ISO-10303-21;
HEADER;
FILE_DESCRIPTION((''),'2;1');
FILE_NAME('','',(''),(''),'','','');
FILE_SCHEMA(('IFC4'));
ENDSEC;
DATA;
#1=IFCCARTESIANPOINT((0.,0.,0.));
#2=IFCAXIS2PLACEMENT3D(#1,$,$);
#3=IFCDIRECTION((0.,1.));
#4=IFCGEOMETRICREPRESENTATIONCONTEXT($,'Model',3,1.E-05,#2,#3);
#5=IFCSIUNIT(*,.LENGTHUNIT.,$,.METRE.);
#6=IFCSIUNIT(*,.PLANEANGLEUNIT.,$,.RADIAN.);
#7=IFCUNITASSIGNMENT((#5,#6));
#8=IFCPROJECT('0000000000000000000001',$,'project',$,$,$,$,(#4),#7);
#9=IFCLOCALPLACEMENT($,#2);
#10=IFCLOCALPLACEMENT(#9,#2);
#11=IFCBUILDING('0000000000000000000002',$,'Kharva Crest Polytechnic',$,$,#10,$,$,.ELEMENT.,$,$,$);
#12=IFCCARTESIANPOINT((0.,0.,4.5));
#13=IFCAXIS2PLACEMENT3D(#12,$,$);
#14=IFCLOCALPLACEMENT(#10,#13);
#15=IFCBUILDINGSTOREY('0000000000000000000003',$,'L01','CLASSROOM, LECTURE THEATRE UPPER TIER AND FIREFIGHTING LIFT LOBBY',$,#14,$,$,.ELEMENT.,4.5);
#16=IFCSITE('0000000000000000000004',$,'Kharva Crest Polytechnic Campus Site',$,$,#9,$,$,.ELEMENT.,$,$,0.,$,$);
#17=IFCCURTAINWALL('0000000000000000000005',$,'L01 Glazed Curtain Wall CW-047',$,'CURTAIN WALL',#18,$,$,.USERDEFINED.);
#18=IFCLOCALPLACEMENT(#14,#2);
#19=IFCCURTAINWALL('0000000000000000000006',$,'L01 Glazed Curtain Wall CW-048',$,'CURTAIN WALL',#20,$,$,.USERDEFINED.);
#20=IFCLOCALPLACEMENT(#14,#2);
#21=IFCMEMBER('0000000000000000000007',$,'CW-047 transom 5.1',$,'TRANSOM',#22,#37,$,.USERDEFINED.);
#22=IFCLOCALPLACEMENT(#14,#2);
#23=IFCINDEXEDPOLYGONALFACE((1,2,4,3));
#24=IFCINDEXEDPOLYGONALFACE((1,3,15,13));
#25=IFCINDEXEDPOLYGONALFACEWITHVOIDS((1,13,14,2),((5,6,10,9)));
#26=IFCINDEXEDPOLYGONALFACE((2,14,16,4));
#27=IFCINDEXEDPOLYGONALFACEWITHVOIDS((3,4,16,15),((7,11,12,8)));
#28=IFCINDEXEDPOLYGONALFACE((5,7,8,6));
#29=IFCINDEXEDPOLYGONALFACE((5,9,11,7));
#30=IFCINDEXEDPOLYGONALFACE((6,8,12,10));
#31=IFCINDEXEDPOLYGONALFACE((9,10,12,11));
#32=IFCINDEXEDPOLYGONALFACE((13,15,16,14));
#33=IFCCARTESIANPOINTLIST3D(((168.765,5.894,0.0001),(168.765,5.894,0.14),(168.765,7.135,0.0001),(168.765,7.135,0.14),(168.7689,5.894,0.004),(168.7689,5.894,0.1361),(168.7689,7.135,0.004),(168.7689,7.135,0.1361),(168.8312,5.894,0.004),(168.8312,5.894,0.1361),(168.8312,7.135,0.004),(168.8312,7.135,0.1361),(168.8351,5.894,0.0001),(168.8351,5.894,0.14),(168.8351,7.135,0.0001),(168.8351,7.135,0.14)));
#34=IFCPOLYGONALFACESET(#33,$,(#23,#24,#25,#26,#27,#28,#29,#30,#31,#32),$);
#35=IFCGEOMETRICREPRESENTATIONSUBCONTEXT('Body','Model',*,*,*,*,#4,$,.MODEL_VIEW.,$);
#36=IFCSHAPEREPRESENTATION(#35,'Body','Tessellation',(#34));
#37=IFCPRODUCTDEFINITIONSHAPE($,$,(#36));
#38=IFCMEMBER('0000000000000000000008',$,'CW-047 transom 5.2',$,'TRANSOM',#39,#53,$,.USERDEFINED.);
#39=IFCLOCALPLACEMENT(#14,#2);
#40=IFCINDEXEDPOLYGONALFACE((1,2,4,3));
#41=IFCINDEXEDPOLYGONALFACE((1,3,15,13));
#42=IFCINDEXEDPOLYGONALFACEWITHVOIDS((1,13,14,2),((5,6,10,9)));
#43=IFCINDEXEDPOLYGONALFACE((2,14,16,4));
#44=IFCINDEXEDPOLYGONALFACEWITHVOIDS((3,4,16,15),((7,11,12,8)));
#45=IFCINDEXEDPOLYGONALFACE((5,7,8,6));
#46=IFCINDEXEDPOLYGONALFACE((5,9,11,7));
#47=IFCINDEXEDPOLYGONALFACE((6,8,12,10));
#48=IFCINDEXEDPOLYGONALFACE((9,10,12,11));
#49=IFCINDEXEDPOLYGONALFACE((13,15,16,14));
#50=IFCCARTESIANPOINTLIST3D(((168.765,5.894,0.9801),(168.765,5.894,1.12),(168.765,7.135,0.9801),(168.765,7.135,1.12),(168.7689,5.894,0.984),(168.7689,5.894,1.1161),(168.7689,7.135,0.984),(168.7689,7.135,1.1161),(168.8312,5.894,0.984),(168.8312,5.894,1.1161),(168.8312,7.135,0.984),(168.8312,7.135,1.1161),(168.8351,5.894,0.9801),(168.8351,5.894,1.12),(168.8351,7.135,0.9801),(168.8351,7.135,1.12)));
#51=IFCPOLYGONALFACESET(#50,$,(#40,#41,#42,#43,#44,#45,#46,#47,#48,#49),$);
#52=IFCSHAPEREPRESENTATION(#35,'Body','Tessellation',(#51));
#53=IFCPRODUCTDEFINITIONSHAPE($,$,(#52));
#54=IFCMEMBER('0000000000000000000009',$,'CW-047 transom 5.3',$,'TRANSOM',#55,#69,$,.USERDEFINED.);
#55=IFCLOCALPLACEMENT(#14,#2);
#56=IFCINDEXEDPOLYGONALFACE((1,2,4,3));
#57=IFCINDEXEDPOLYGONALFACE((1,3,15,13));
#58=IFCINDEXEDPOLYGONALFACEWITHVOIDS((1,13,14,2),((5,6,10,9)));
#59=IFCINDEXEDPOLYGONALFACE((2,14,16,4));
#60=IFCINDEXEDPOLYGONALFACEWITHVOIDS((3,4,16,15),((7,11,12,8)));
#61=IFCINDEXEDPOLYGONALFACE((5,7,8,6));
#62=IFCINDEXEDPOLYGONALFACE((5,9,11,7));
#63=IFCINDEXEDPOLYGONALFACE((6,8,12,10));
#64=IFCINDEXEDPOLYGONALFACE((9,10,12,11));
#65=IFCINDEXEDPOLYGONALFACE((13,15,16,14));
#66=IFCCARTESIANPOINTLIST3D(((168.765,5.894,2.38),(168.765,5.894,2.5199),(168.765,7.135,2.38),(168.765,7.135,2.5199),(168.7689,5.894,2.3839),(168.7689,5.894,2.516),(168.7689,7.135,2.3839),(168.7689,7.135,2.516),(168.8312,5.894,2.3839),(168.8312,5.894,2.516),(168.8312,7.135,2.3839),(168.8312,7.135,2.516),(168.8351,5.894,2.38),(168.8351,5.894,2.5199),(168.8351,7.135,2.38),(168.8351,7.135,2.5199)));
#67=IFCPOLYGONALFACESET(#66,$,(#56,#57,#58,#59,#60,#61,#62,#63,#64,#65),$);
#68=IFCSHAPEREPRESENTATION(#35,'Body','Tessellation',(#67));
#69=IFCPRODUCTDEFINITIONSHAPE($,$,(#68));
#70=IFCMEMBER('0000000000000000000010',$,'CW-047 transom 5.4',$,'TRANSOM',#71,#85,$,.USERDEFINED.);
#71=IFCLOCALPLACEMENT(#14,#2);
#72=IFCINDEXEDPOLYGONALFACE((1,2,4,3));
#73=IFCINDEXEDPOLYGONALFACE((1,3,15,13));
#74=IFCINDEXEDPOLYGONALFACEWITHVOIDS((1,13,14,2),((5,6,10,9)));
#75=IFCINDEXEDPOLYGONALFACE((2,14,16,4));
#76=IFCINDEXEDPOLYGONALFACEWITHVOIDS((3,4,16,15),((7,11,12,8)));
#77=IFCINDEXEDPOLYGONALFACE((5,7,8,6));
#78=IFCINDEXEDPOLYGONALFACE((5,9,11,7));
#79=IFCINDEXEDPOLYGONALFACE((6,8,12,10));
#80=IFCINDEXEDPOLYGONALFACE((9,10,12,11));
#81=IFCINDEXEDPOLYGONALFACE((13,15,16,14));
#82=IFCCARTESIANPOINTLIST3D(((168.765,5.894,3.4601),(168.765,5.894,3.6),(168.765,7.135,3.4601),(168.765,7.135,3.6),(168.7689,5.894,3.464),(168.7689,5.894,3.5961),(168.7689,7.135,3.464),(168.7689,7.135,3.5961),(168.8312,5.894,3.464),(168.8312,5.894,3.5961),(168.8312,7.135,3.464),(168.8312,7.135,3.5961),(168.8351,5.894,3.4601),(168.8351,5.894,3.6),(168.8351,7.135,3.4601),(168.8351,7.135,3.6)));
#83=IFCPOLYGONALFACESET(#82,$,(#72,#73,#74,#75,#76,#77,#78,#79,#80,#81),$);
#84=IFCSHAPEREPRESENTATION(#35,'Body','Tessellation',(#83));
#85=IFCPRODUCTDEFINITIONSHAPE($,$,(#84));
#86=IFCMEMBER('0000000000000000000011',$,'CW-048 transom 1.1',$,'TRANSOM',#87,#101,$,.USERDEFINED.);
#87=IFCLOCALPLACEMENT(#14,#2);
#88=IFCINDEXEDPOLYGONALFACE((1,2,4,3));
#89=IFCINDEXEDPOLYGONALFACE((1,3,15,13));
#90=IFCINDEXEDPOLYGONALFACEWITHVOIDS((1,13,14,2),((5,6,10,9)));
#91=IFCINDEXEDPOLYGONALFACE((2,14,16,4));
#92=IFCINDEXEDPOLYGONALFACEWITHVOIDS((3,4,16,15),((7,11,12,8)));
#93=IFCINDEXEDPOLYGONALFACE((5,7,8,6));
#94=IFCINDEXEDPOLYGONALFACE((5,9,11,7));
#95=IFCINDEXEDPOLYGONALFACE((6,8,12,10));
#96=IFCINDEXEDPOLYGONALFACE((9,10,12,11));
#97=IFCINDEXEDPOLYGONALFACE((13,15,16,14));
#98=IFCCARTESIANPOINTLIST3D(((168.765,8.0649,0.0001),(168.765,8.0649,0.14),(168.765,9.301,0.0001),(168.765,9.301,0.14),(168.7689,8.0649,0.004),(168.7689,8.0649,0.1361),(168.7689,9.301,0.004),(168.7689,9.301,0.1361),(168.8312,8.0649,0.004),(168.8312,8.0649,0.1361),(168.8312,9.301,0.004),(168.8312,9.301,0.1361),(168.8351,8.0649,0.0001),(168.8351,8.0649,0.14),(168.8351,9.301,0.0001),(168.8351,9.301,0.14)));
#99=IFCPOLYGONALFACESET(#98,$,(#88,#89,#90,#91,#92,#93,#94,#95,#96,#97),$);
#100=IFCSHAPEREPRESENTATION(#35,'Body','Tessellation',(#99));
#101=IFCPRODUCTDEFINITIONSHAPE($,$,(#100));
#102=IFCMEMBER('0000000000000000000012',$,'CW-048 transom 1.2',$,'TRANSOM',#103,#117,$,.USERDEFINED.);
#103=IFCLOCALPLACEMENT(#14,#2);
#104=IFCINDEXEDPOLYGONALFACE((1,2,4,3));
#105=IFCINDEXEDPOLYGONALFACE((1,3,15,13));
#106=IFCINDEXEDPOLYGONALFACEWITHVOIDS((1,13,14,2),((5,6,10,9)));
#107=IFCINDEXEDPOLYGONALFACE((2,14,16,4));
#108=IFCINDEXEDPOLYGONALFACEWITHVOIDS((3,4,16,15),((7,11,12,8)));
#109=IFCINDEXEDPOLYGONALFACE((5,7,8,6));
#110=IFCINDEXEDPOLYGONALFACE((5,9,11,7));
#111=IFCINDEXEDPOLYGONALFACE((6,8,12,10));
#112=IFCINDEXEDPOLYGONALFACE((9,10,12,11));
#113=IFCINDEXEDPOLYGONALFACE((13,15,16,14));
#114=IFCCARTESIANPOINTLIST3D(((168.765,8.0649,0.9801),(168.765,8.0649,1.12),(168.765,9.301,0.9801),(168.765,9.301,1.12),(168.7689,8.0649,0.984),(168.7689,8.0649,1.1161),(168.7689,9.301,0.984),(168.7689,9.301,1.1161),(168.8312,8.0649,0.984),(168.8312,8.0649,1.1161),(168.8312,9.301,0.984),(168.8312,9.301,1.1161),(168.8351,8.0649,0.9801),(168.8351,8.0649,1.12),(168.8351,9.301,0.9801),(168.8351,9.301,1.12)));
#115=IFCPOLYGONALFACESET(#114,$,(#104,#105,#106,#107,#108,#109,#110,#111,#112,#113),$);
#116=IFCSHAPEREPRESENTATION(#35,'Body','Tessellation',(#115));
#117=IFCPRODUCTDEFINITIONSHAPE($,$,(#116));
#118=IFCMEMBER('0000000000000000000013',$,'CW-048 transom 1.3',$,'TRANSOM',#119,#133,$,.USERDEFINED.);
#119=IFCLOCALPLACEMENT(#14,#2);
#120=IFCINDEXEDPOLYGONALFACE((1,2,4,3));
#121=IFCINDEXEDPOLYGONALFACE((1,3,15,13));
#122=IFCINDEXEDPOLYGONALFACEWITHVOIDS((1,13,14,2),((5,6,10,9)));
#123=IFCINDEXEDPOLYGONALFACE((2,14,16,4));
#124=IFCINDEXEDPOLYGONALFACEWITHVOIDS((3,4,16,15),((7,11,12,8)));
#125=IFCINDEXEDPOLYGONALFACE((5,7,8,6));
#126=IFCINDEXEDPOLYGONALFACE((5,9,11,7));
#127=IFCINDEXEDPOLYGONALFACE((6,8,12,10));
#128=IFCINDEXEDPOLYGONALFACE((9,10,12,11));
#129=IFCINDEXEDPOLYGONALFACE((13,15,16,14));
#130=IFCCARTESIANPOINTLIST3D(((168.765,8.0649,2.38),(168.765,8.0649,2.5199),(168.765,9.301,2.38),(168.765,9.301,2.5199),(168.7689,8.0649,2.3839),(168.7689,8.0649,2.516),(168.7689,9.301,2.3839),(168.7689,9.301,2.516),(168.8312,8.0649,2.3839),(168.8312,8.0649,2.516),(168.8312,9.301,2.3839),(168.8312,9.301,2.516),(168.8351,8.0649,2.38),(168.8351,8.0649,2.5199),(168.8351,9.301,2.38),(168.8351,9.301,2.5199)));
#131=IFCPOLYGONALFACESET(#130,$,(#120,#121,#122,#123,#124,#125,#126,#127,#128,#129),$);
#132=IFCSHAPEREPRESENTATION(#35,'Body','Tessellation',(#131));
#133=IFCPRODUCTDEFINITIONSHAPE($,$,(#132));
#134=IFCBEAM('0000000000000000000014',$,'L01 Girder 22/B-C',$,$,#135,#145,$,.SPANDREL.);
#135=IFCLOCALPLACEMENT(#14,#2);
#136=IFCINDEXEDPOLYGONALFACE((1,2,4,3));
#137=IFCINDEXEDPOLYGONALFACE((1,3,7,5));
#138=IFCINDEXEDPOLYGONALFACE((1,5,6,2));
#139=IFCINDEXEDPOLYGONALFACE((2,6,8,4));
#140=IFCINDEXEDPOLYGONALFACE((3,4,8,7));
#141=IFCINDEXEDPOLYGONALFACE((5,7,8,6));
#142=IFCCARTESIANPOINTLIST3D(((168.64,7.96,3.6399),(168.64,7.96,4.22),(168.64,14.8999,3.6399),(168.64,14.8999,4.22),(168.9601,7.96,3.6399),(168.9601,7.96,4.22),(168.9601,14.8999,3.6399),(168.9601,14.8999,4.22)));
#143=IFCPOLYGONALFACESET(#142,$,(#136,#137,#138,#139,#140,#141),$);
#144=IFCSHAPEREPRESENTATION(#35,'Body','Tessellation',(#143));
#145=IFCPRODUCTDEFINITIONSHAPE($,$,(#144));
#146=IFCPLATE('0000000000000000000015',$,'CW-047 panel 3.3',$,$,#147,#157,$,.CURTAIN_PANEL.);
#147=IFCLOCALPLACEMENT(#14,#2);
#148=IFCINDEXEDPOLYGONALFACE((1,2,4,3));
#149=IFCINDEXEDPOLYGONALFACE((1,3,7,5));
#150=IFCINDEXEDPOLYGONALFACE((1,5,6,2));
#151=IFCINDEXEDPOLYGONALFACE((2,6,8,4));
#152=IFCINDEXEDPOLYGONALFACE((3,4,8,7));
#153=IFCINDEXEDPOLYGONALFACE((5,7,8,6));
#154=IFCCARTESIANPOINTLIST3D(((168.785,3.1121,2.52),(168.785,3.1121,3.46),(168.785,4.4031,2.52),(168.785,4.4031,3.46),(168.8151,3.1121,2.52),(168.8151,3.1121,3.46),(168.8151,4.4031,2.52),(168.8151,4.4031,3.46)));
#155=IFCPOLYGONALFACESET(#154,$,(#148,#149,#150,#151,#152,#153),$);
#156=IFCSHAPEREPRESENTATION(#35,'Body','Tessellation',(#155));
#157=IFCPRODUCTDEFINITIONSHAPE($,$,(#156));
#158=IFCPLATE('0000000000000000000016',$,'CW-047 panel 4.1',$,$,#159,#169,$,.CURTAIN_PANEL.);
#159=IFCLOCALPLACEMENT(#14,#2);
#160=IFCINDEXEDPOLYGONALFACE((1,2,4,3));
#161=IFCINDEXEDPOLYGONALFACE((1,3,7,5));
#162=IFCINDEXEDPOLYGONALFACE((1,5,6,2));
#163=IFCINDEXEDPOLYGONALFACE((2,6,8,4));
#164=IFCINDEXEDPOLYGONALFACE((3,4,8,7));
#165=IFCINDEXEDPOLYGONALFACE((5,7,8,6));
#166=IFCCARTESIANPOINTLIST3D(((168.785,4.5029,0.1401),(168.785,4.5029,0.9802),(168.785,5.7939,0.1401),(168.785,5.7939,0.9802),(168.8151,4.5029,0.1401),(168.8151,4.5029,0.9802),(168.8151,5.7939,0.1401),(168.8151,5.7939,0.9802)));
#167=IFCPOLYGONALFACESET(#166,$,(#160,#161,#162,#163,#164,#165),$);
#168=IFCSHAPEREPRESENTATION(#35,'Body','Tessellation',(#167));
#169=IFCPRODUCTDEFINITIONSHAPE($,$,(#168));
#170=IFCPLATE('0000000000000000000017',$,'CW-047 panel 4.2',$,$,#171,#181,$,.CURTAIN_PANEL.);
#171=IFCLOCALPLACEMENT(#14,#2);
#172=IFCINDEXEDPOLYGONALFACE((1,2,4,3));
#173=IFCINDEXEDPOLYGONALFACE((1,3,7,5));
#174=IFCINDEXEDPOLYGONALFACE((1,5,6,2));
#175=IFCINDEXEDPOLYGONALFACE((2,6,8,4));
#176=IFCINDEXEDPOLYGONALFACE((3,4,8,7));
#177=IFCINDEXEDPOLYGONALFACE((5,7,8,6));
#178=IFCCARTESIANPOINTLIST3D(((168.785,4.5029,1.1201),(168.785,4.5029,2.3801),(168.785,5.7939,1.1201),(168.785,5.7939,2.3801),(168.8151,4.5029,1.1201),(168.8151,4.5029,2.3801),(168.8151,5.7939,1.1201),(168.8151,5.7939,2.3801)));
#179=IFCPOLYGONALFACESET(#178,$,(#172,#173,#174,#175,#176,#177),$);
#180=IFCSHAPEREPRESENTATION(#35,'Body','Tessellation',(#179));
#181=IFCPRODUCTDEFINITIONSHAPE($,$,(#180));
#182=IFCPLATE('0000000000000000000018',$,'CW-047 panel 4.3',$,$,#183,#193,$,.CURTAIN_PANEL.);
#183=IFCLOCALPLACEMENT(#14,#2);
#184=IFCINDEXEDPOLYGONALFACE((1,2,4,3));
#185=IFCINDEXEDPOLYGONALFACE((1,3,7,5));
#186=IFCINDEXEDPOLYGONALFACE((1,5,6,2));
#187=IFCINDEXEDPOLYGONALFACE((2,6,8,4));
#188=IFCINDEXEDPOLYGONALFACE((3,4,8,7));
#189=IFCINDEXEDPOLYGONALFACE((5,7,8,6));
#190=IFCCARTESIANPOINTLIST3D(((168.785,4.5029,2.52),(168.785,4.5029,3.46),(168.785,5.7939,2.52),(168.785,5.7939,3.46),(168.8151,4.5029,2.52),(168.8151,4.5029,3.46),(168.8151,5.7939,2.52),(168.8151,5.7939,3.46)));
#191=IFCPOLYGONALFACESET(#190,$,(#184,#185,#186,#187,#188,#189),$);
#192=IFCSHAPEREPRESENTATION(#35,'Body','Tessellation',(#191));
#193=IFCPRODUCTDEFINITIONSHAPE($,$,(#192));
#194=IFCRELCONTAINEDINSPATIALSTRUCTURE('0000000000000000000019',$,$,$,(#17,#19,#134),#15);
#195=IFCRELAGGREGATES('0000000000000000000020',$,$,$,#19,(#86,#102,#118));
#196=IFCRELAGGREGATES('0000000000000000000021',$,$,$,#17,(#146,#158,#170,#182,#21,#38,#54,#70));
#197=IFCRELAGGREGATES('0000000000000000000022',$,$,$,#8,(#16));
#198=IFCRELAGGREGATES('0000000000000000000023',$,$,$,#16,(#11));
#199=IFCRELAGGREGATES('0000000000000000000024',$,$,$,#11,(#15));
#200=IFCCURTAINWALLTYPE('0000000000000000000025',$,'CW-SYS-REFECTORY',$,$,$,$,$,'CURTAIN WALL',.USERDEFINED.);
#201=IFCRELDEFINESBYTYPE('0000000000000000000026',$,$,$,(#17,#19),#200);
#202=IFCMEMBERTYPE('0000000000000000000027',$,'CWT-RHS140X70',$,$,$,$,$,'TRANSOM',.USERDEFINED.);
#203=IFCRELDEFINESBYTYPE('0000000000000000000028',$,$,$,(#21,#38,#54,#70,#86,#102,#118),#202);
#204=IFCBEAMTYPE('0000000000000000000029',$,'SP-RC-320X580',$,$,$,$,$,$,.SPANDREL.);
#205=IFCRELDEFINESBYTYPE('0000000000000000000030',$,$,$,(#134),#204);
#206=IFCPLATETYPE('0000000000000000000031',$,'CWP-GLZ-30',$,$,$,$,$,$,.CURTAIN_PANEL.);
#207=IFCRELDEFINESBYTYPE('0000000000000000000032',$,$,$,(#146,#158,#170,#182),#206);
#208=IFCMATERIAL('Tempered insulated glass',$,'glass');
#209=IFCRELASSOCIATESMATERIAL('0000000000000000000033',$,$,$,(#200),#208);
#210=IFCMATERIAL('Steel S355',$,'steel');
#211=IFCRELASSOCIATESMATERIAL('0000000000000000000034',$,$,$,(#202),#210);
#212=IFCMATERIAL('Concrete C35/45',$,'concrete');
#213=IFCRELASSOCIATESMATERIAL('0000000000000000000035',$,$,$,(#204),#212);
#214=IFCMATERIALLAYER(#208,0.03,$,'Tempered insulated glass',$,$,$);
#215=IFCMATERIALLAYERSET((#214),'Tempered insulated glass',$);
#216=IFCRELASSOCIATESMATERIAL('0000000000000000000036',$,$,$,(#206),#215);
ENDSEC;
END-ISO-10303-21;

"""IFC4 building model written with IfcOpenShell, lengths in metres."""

from ifc_helpers import new_model, si_unit, direction, frame, origin, origin_2d, place, context, subcontext, project, spatial, rectangle, hollow_rectangle, extrude, material, layer, layer_set, material_profile, profile_set, type_object, element, aggregate, save


model = new_model("IFC4")

# Units and contexts
model_context = context("Model", 3, precision=1e-05, world=origin(), true_north=direction((0.0, 1.0)))
body_context = subcontext(model_context, "Body", "Model", "MODEL_VIEW")
ifc_project = project(units=[si_unit("LENGTHUNIT", "METRE"), si_unit("PLANEANGLEUNIT", "RADIAN")], contexts=[model_context])

# Site, building, storey
site_placement = place(None, origin())
site = spatial("IfcSite", under=ifc_project, at=site_placement, Name="Kharva Crest Polytechnic Campus Site", CompositionType="ELEMENT", RefElevation=0.0)
building_placement = place(site_placement, origin())
building = spatial("IfcBuilding", under=site, at=building_placement, Name="Kharva Crest Polytechnic", CompositionType="ELEMENT")
storey_placement = place(building_placement, frame((0.0, 0.0, 4.5)))
storey = spatial("IfcBuildingStorey", under=building, at=storey_placement, Name="L01", Description="CLASSROOM, LECTURE THEATRE UPPER TIER AND FIREFIGHTING LIFT LOBBY", CompositionType="ELEMENT", Elevation=4.5)

# Curtain wall
ifc_material_1 = material(Name="Tempered insulated glass", Category="glass")
curtain_wall_type = type_object("IfcCurtainWallType", Name="CW-SYS-REFECTORY", ElementType="CURTAIN WALL", PredefinedType="USERDEFINED", material=ifc_material_1)
curtain_wall_1_placement = place(storey_placement, origin())
curtain_wall_1 = element("IfcCurtainWall", 1, at=curtain_wall_1_placement, inside=storey, type_object=curtain_wall_type, Name="L01 Glazed Curtain Wall CW-047", ObjectType="CURTAIN WALL", PredefinedType="USERDEFINED")
ifc_material_2 = material(Name="Steel S355", Category="steel")

# Curtain wall
curtain_wall_2_placement = place(storey_placement, origin())
curtain_wall_2 = element("IfcCurtainWall", 2, at=curtain_wall_2_placement, inside=storey, type_object=curtain_wall_type, Name="L01 Glazed Curtain Wall CW-048", ObjectType="CURTAIN WALL", PredefinedType="USERDEFINED")

# Members
ifc_material_profile_1 = material_profile(ifc_material_2, hollow_rectangle(XDim=0.0701, YDim=0.1399, WallThickness=0.0039, at=origin_2d()), Name="RHS 140X70X4.0")
ifc_profile_set_1 = profile_set([ifc_material_profile_1], Name="Steel S355")
member_type_1 = type_object("IfcMemberType", Name="CWT-RHS140X70", ElementType="TRANSOM", PredefinedType="USERDEFINED", material=ifc_profile_set_1)
member_1_placement = place(storey_placement, frame((168.8, 5.894, 0.0701), z_axis=(0.0, 1.0, 0.0), x_axis=(-1.0, 0.0, 0.0)))
member_1 = element("IfcMember", 3, at=member_1_placement, type_object=member_type_1, Name="CW-047 transom 5.1", ObjectType="TRANSOM", PredefinedType="USERDEFINED", context=body_context, shape_type="SweptSolid", body=[
    extrude(hollow_rectangle(XDim=0.0701, YDim=0.1399, WallThickness=0.0039, at=origin_2d()), origin(), (0.0, 0.0, 1.0), 1.241),
])
member_2_placement = place(storey_placement, frame((168.8, 5.894, 1.05), z_axis=(0.0, 1.0, 0.0), x_axis=(-1.0, 0.0, 0.0)))
member_2 = element("IfcMember", 4, at=member_2_placement, type_object=member_type_1, Name="CW-047 transom 5.2", ObjectType="TRANSOM", PredefinedType="USERDEFINED", context=body_context, shape_type="SweptSolid", body=[
    extrude(hollow_rectangle(XDim=0.0701, YDim=0.1399, WallThickness=0.0039, at=origin_2d()), origin(), (0.0, 0.0, 1.0), 1.241),
])
member_3_placement = place(storey_placement, frame((168.8, 5.894, 2.45), z_axis=(0.0, 1.0, 0.0), x_axis=(-1.0, 0.0, 0.0)))
member_3 = element("IfcMember", 5, at=member_3_placement, type_object=member_type_1, Name="CW-047 transom 5.3", ObjectType="TRANSOM", PredefinedType="USERDEFINED", context=body_context, shape_type="SweptSolid", body=[
    extrude(hollow_rectangle(XDim=0.0701, YDim=0.1399, WallThickness=0.0039, at=origin_2d()), origin(), (0.0, 0.0, 1.0), 1.241),
])
member_4_placement = place(storey_placement, frame((168.8, 5.894, 3.53), z_axis=(0.0, 1.0, 0.0), x_axis=(-1.0, 0.0, 0.0)))
member_4 = element("IfcMember", 6, at=member_4_placement, type_object=member_type_1, Name="CW-047 transom 5.4", ObjectType="TRANSOM", PredefinedType="USERDEFINED", context=body_context, shape_type="SweptSolid", body=[
    extrude(hollow_rectangle(XDim=0.0701, YDim=0.1399, WallThickness=0.0039, at=origin_2d()), origin(), (0.0, 0.0, 1.0), 1.241),
])
member_5_placement = place(storey_placement, frame((168.8, 8.0649, 0.0701), z_axis=(0.0, 1.0, 0.0), x_axis=(-1.0, 0.0, 0.0)))
member_5 = element("IfcMember", 7, at=member_5_placement, type_object=member_type_1, Name="CW-048 transom 1.1", ObjectType="TRANSOM", PredefinedType="USERDEFINED", context=body_context, shape_type="SweptSolid", body=[
    extrude(hollow_rectangle(XDim=0.0701, YDim=0.1399, WallThickness=0.0039, at=origin_2d()), origin(), (0.0, 0.0, 1.0), 1.2361),
])
member_6_placement = place(storey_placement, frame((168.8, 8.0649, 1.05), z_axis=(0.0, 1.0, 0.0), x_axis=(-1.0, 0.0, 0.0)))
member_6 = element("IfcMember", 8, at=member_6_placement, type_object=member_type_1, Name="CW-048 transom 1.2", ObjectType="TRANSOM", PredefinedType="USERDEFINED", context=body_context, shape_type="SweptSolid", body=[
    extrude(hollow_rectangle(XDim=0.0701, YDim=0.1399, WallThickness=0.0039, at=origin_2d()), origin(), (0.0, 0.0, 1.0), 1.2361),
])
member_7_placement = place(storey_placement, frame((168.8, 8.0649, 2.45), z_axis=(0.0, 1.0, 0.0), x_axis=(-1.0, 0.0, 0.0)))
member_7 = element("IfcMember", 9, at=member_7_placement, type_object=member_type_1, Name="CW-048 transom 1.3", ObjectType="TRANSOM", PredefinedType="USERDEFINED", context=body_context, shape_type="SweptSolid", body=[
    extrude(hollow_rectangle(XDim=0.0701, YDim=0.1399, WallThickness=0.0039, at=origin_2d()), origin(), (0.0, 0.0, 1.0), 1.2361),
])
aggregate(curtain_wall_2, [member_5, member_6, member_7])

# Beam
ifc_material_3 = material(Name="Concrete C35/45", Category="concrete")
ifc_material_profile_2 = material_profile(ifc_material_3, rectangle(XDim=0.3201, YDim=0.5801, at=origin_2d()), Name="RECT 320 X 580")
ifc_profile_set_2 = profile_set([ifc_material_profile_2], Name="Concrete C35/45")
beam_type = type_object("IfcBeamType", Name="SP-RC-320X580", PredefinedType="SPANDREL", material=ifc_profile_set_2)
beam_placement = place(storey_placement, frame((168.8, 7.96, 3.9299), z_axis=(0.0, 1.0, 0.0), x_axis=(-1.0, 0.0, 0.0)))
element("IfcBeam", 10, at=beam_placement, inside=storey, type_object=beam_type, Name="L01 Girder 22/B-C", PredefinedType="SPANDREL", context=body_context, shape_type="SweptSolid", body=[
    extrude(rectangle(XDim=0.3201, YDim=0.5801, at=origin_2d()), origin(), (0.0, 0.0, 1.0), 6.9399),
])

# Plates
ifc_layer = layer(ifc_material_1, 0.03, Name="Tempered insulated glass")
ifc_layer_set = layer_set([ifc_layer], Name="Tempered insulated glass")
plate_type = type_object("IfcPlateType", Name="CWP-GLZ-30", PredefinedType="CURTAIN_PANEL", material=ifc_layer_set)
plate_1_placement = place(storey_placement, frame((168.8, 3.7576, 2.52), z_axis=(0.0, 0.0, 1.0), x_axis=(0.0, 1.0, 0.0)))
plate_1 = element("IfcPlate", 11, at=plate_1_placement, type_object=plate_type, Name="CW-047 panel 3.3", PredefinedType="CURTAIN_PANEL", context=body_context, shape_type="SweptSolid", body=[
    extrude(rectangle(XDim=1.291, YDim=0.03, at=origin_2d()), origin(), (0.0, 0.0, 1.0), 0.9399),
])
plate_2_placement = place(storey_placement, frame((168.8, 5.1484, 0.1401), z_axis=(0.0, 0.0, 1.0), x_axis=(0.0, 1.0, 0.0)))
plate_2 = element("IfcPlate", 12, at=plate_2_placement, type_object=plate_type, Name="CW-047 panel 4.1", PredefinedType="CURTAIN_PANEL", context=body_context, shape_type="SweptSolid", body=[
    extrude(rectangle(XDim=1.291, YDim=0.03, at=origin_2d()), origin(), (0.0, 0.0, 1.0), 0.8401),
])
plate_3_placement = place(storey_placement, frame((168.8, 5.1484, 1.1201), z_axis=(0.0, 0.0, 1.0), x_axis=(0.0, 1.0, 0.0)))
plate_3 = element("IfcPlate", 13, at=plate_3_placement, type_object=plate_type, Name="CW-047 panel 4.2", PredefinedType="CURTAIN_PANEL", context=body_context, shape_type="SweptSolid", body=[
    extrude(rectangle(XDim=1.291, YDim=0.03, at=origin_2d()), origin(), (0.0, 0.0, 1.0), 1.26),
])
plate_4_placement = place(storey_placement, frame((168.8, 5.1484, 2.52), z_axis=(0.0, 0.0, 1.0), x_axis=(0.0, 1.0, 0.0)))
plate_4 = element("IfcPlate", 14, at=plate_4_placement, type_object=plate_type, Name="CW-047 panel 4.3", PredefinedType="CURTAIN_PANEL", context=body_context, shape_type="SweptSolid", body=[
    extrude(rectangle(XDim=1.291, YDim=0.03, at=origin_2d()), origin(), (0.0, 0.0, 1.0), 0.9399),
])
aggregate(curtain_wall_1, [plate_1, plate_2, plate_3, plate_4, member_1, member_2, member_3, member_4])

save(model, "model.ifc")
